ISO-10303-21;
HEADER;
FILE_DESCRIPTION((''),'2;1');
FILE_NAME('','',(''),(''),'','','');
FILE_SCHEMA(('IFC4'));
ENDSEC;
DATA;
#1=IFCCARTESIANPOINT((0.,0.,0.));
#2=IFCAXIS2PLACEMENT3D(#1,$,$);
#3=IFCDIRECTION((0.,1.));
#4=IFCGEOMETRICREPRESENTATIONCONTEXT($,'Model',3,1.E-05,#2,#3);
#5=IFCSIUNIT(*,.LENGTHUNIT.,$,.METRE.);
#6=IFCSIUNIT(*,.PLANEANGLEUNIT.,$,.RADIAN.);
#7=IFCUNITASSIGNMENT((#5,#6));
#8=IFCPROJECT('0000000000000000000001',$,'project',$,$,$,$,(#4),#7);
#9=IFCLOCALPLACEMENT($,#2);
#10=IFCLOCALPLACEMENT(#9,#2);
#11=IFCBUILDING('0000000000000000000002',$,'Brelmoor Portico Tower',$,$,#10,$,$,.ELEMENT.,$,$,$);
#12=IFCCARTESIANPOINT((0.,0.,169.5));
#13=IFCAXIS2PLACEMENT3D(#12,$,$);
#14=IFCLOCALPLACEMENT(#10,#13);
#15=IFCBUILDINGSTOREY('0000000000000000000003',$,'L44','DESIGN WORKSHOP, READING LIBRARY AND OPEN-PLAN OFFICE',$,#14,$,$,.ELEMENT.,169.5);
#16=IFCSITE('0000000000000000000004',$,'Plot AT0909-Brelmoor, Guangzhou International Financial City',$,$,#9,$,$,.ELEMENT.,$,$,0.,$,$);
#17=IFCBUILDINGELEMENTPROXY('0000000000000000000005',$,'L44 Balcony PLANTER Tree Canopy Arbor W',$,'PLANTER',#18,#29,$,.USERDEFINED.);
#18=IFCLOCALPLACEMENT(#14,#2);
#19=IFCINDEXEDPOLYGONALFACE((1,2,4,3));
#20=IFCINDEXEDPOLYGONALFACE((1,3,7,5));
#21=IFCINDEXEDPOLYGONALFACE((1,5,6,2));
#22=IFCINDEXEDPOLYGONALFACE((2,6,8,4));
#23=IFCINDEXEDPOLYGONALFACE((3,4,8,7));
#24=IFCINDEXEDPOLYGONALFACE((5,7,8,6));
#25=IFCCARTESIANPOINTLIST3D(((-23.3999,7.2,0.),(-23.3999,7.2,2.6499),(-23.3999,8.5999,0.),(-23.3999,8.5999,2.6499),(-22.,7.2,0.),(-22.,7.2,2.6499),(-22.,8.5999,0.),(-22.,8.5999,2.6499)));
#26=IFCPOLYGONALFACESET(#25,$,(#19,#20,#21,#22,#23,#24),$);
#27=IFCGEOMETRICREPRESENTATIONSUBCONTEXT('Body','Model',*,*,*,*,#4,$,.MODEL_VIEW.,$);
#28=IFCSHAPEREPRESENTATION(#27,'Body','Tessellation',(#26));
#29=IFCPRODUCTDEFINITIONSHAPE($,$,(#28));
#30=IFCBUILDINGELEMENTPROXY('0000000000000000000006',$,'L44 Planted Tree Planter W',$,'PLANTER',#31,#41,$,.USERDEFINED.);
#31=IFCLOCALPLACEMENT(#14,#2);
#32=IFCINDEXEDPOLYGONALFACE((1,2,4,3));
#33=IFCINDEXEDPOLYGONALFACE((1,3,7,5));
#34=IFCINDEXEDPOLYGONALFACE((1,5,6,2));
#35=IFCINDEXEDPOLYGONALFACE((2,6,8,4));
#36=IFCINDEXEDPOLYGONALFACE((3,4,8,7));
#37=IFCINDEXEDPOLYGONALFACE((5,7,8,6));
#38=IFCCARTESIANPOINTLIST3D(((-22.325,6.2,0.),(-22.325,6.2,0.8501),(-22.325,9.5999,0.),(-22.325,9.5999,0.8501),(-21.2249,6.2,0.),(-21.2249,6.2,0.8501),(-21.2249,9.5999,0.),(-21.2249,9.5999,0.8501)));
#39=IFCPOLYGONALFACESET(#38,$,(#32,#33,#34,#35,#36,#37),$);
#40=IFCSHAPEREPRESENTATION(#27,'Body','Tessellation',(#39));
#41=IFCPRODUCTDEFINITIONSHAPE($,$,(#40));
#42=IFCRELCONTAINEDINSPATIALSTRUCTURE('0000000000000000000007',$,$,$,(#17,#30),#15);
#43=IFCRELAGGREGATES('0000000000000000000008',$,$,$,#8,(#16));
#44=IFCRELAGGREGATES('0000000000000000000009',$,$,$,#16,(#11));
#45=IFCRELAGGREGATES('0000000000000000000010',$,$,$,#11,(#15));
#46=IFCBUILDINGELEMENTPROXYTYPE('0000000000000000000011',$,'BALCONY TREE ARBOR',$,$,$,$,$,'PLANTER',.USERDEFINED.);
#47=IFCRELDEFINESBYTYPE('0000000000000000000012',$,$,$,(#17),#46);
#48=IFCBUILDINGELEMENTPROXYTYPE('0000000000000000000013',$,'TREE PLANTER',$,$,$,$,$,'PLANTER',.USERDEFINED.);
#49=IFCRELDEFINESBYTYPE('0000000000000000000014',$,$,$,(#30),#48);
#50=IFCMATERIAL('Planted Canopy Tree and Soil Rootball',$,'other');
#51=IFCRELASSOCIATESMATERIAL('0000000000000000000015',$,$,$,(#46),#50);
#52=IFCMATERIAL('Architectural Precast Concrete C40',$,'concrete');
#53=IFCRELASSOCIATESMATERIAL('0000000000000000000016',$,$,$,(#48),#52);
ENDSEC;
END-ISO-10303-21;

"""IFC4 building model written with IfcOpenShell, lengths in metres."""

from ifc_helpers import new_model, si_unit, direction, frame, origin, origin_2d, place, context, subcontext, project, spatial, rectangle, extrude, material, type_object, element, save


model = new_model("IFC4")

# Units and contexts
model_context = context("Model", 3, precision=1e-05, world=origin(), true_north=direction((0.0, 1.0)))
body_context = subcontext(model_context, "Body", "Model", "MODEL_VIEW")
ifc_project = project(units=[si_unit("LENGTHUNIT", "METRE"), si_unit("PLANEANGLEUNIT", "RADIAN")], contexts=[model_context])

# Site, building, storey
site_placement = place(None, origin())
site = spatial("IfcSite", under=ifc_project, at=site_placement, Name="Plot AT0909-Brelmoor, Guangzhou International Financial City", CompositionType="ELEMENT", RefElevation=0.0)
building_placement = place(site_placement, origin())
building = spatial("IfcBuilding", under=site, at=building_placement, Name="Brelmoor Portico Tower", CompositionType="ELEMENT")
storey_placement = place(building_placement, frame((0.0, 0.0, 169.5)))
storey = spatial("IfcBuildingStorey", under=building, at=storey_placement, Name="L44", Description="DESIGN WORKSHOP, READING LIBRARY AND OPEN-PLAN OFFICE", CompositionType="ELEMENT", Elevation=169.5)

# Building element proxies
ifc_material_1 = material(Name="Planted Canopy Tree and Soil Rootball", Category="other")
building_element_proxy_type_1 = type_object("IfcBuildingElementProxyType", Name="BALCONY TREE ARBOR", ElementType="PLANTER", PredefinedType="USERDEFINED", material=ifc_material_1)
proxy_1_placement = place(storey_placement, frame((-22.7, 7.8999, 0.0), z_axis=(0.0, 0.0, 1.0), x_axis=(1.0, 0.0, 0.0)))
element("IfcBuildingElementProxy", 1, at=proxy_1_placement, inside=storey, type_object=building_element_proxy_type_1, Name="L44 Balcony PLANTER Tree Canopy Arbor W", ObjectType="PLANTER", PredefinedType="USERDEFINED", context=body_context, shape_type="SweptSolid", body=[
    extrude(rectangle(XDim=1.3999, YDim=1.3999, at=origin_2d()), origin(), (0.0, 0.0, 1.0), 2.6499),
])
ifc_material_2 = material(Name="Architectural Precast Concrete C40", Category="concrete")
building_element_proxy_type_2 = type_object("IfcBuildingElementProxyType", Name="TREE PLANTER", ElementType="PLANTER", PredefinedType="USERDEFINED", material=ifc_material_2)
proxy_2_placement = place(storey_placement, frame((-21.7749, 7.8999, 0.0), z_axis=(0.0, 0.0, 1.0), x_axis=(0.0, 1.0, 0.0)))
element("IfcBuildingElementProxy", 2, at=proxy_2_placement, inside=storey, type_object=building_element_proxy_type_2, Name="L44 Planted Tree Planter W", ObjectType="PLANTER", PredefinedType="USERDEFINED", context=body_context, shape_type="SweptSolid", body=[
    extrude(rectangle(XDim=3.3999, YDim=1.1001, at=origin_2d()), origin(), (0.0, 0.0, 1.0), 0.8501),
])

save(model, "model.ifc")
